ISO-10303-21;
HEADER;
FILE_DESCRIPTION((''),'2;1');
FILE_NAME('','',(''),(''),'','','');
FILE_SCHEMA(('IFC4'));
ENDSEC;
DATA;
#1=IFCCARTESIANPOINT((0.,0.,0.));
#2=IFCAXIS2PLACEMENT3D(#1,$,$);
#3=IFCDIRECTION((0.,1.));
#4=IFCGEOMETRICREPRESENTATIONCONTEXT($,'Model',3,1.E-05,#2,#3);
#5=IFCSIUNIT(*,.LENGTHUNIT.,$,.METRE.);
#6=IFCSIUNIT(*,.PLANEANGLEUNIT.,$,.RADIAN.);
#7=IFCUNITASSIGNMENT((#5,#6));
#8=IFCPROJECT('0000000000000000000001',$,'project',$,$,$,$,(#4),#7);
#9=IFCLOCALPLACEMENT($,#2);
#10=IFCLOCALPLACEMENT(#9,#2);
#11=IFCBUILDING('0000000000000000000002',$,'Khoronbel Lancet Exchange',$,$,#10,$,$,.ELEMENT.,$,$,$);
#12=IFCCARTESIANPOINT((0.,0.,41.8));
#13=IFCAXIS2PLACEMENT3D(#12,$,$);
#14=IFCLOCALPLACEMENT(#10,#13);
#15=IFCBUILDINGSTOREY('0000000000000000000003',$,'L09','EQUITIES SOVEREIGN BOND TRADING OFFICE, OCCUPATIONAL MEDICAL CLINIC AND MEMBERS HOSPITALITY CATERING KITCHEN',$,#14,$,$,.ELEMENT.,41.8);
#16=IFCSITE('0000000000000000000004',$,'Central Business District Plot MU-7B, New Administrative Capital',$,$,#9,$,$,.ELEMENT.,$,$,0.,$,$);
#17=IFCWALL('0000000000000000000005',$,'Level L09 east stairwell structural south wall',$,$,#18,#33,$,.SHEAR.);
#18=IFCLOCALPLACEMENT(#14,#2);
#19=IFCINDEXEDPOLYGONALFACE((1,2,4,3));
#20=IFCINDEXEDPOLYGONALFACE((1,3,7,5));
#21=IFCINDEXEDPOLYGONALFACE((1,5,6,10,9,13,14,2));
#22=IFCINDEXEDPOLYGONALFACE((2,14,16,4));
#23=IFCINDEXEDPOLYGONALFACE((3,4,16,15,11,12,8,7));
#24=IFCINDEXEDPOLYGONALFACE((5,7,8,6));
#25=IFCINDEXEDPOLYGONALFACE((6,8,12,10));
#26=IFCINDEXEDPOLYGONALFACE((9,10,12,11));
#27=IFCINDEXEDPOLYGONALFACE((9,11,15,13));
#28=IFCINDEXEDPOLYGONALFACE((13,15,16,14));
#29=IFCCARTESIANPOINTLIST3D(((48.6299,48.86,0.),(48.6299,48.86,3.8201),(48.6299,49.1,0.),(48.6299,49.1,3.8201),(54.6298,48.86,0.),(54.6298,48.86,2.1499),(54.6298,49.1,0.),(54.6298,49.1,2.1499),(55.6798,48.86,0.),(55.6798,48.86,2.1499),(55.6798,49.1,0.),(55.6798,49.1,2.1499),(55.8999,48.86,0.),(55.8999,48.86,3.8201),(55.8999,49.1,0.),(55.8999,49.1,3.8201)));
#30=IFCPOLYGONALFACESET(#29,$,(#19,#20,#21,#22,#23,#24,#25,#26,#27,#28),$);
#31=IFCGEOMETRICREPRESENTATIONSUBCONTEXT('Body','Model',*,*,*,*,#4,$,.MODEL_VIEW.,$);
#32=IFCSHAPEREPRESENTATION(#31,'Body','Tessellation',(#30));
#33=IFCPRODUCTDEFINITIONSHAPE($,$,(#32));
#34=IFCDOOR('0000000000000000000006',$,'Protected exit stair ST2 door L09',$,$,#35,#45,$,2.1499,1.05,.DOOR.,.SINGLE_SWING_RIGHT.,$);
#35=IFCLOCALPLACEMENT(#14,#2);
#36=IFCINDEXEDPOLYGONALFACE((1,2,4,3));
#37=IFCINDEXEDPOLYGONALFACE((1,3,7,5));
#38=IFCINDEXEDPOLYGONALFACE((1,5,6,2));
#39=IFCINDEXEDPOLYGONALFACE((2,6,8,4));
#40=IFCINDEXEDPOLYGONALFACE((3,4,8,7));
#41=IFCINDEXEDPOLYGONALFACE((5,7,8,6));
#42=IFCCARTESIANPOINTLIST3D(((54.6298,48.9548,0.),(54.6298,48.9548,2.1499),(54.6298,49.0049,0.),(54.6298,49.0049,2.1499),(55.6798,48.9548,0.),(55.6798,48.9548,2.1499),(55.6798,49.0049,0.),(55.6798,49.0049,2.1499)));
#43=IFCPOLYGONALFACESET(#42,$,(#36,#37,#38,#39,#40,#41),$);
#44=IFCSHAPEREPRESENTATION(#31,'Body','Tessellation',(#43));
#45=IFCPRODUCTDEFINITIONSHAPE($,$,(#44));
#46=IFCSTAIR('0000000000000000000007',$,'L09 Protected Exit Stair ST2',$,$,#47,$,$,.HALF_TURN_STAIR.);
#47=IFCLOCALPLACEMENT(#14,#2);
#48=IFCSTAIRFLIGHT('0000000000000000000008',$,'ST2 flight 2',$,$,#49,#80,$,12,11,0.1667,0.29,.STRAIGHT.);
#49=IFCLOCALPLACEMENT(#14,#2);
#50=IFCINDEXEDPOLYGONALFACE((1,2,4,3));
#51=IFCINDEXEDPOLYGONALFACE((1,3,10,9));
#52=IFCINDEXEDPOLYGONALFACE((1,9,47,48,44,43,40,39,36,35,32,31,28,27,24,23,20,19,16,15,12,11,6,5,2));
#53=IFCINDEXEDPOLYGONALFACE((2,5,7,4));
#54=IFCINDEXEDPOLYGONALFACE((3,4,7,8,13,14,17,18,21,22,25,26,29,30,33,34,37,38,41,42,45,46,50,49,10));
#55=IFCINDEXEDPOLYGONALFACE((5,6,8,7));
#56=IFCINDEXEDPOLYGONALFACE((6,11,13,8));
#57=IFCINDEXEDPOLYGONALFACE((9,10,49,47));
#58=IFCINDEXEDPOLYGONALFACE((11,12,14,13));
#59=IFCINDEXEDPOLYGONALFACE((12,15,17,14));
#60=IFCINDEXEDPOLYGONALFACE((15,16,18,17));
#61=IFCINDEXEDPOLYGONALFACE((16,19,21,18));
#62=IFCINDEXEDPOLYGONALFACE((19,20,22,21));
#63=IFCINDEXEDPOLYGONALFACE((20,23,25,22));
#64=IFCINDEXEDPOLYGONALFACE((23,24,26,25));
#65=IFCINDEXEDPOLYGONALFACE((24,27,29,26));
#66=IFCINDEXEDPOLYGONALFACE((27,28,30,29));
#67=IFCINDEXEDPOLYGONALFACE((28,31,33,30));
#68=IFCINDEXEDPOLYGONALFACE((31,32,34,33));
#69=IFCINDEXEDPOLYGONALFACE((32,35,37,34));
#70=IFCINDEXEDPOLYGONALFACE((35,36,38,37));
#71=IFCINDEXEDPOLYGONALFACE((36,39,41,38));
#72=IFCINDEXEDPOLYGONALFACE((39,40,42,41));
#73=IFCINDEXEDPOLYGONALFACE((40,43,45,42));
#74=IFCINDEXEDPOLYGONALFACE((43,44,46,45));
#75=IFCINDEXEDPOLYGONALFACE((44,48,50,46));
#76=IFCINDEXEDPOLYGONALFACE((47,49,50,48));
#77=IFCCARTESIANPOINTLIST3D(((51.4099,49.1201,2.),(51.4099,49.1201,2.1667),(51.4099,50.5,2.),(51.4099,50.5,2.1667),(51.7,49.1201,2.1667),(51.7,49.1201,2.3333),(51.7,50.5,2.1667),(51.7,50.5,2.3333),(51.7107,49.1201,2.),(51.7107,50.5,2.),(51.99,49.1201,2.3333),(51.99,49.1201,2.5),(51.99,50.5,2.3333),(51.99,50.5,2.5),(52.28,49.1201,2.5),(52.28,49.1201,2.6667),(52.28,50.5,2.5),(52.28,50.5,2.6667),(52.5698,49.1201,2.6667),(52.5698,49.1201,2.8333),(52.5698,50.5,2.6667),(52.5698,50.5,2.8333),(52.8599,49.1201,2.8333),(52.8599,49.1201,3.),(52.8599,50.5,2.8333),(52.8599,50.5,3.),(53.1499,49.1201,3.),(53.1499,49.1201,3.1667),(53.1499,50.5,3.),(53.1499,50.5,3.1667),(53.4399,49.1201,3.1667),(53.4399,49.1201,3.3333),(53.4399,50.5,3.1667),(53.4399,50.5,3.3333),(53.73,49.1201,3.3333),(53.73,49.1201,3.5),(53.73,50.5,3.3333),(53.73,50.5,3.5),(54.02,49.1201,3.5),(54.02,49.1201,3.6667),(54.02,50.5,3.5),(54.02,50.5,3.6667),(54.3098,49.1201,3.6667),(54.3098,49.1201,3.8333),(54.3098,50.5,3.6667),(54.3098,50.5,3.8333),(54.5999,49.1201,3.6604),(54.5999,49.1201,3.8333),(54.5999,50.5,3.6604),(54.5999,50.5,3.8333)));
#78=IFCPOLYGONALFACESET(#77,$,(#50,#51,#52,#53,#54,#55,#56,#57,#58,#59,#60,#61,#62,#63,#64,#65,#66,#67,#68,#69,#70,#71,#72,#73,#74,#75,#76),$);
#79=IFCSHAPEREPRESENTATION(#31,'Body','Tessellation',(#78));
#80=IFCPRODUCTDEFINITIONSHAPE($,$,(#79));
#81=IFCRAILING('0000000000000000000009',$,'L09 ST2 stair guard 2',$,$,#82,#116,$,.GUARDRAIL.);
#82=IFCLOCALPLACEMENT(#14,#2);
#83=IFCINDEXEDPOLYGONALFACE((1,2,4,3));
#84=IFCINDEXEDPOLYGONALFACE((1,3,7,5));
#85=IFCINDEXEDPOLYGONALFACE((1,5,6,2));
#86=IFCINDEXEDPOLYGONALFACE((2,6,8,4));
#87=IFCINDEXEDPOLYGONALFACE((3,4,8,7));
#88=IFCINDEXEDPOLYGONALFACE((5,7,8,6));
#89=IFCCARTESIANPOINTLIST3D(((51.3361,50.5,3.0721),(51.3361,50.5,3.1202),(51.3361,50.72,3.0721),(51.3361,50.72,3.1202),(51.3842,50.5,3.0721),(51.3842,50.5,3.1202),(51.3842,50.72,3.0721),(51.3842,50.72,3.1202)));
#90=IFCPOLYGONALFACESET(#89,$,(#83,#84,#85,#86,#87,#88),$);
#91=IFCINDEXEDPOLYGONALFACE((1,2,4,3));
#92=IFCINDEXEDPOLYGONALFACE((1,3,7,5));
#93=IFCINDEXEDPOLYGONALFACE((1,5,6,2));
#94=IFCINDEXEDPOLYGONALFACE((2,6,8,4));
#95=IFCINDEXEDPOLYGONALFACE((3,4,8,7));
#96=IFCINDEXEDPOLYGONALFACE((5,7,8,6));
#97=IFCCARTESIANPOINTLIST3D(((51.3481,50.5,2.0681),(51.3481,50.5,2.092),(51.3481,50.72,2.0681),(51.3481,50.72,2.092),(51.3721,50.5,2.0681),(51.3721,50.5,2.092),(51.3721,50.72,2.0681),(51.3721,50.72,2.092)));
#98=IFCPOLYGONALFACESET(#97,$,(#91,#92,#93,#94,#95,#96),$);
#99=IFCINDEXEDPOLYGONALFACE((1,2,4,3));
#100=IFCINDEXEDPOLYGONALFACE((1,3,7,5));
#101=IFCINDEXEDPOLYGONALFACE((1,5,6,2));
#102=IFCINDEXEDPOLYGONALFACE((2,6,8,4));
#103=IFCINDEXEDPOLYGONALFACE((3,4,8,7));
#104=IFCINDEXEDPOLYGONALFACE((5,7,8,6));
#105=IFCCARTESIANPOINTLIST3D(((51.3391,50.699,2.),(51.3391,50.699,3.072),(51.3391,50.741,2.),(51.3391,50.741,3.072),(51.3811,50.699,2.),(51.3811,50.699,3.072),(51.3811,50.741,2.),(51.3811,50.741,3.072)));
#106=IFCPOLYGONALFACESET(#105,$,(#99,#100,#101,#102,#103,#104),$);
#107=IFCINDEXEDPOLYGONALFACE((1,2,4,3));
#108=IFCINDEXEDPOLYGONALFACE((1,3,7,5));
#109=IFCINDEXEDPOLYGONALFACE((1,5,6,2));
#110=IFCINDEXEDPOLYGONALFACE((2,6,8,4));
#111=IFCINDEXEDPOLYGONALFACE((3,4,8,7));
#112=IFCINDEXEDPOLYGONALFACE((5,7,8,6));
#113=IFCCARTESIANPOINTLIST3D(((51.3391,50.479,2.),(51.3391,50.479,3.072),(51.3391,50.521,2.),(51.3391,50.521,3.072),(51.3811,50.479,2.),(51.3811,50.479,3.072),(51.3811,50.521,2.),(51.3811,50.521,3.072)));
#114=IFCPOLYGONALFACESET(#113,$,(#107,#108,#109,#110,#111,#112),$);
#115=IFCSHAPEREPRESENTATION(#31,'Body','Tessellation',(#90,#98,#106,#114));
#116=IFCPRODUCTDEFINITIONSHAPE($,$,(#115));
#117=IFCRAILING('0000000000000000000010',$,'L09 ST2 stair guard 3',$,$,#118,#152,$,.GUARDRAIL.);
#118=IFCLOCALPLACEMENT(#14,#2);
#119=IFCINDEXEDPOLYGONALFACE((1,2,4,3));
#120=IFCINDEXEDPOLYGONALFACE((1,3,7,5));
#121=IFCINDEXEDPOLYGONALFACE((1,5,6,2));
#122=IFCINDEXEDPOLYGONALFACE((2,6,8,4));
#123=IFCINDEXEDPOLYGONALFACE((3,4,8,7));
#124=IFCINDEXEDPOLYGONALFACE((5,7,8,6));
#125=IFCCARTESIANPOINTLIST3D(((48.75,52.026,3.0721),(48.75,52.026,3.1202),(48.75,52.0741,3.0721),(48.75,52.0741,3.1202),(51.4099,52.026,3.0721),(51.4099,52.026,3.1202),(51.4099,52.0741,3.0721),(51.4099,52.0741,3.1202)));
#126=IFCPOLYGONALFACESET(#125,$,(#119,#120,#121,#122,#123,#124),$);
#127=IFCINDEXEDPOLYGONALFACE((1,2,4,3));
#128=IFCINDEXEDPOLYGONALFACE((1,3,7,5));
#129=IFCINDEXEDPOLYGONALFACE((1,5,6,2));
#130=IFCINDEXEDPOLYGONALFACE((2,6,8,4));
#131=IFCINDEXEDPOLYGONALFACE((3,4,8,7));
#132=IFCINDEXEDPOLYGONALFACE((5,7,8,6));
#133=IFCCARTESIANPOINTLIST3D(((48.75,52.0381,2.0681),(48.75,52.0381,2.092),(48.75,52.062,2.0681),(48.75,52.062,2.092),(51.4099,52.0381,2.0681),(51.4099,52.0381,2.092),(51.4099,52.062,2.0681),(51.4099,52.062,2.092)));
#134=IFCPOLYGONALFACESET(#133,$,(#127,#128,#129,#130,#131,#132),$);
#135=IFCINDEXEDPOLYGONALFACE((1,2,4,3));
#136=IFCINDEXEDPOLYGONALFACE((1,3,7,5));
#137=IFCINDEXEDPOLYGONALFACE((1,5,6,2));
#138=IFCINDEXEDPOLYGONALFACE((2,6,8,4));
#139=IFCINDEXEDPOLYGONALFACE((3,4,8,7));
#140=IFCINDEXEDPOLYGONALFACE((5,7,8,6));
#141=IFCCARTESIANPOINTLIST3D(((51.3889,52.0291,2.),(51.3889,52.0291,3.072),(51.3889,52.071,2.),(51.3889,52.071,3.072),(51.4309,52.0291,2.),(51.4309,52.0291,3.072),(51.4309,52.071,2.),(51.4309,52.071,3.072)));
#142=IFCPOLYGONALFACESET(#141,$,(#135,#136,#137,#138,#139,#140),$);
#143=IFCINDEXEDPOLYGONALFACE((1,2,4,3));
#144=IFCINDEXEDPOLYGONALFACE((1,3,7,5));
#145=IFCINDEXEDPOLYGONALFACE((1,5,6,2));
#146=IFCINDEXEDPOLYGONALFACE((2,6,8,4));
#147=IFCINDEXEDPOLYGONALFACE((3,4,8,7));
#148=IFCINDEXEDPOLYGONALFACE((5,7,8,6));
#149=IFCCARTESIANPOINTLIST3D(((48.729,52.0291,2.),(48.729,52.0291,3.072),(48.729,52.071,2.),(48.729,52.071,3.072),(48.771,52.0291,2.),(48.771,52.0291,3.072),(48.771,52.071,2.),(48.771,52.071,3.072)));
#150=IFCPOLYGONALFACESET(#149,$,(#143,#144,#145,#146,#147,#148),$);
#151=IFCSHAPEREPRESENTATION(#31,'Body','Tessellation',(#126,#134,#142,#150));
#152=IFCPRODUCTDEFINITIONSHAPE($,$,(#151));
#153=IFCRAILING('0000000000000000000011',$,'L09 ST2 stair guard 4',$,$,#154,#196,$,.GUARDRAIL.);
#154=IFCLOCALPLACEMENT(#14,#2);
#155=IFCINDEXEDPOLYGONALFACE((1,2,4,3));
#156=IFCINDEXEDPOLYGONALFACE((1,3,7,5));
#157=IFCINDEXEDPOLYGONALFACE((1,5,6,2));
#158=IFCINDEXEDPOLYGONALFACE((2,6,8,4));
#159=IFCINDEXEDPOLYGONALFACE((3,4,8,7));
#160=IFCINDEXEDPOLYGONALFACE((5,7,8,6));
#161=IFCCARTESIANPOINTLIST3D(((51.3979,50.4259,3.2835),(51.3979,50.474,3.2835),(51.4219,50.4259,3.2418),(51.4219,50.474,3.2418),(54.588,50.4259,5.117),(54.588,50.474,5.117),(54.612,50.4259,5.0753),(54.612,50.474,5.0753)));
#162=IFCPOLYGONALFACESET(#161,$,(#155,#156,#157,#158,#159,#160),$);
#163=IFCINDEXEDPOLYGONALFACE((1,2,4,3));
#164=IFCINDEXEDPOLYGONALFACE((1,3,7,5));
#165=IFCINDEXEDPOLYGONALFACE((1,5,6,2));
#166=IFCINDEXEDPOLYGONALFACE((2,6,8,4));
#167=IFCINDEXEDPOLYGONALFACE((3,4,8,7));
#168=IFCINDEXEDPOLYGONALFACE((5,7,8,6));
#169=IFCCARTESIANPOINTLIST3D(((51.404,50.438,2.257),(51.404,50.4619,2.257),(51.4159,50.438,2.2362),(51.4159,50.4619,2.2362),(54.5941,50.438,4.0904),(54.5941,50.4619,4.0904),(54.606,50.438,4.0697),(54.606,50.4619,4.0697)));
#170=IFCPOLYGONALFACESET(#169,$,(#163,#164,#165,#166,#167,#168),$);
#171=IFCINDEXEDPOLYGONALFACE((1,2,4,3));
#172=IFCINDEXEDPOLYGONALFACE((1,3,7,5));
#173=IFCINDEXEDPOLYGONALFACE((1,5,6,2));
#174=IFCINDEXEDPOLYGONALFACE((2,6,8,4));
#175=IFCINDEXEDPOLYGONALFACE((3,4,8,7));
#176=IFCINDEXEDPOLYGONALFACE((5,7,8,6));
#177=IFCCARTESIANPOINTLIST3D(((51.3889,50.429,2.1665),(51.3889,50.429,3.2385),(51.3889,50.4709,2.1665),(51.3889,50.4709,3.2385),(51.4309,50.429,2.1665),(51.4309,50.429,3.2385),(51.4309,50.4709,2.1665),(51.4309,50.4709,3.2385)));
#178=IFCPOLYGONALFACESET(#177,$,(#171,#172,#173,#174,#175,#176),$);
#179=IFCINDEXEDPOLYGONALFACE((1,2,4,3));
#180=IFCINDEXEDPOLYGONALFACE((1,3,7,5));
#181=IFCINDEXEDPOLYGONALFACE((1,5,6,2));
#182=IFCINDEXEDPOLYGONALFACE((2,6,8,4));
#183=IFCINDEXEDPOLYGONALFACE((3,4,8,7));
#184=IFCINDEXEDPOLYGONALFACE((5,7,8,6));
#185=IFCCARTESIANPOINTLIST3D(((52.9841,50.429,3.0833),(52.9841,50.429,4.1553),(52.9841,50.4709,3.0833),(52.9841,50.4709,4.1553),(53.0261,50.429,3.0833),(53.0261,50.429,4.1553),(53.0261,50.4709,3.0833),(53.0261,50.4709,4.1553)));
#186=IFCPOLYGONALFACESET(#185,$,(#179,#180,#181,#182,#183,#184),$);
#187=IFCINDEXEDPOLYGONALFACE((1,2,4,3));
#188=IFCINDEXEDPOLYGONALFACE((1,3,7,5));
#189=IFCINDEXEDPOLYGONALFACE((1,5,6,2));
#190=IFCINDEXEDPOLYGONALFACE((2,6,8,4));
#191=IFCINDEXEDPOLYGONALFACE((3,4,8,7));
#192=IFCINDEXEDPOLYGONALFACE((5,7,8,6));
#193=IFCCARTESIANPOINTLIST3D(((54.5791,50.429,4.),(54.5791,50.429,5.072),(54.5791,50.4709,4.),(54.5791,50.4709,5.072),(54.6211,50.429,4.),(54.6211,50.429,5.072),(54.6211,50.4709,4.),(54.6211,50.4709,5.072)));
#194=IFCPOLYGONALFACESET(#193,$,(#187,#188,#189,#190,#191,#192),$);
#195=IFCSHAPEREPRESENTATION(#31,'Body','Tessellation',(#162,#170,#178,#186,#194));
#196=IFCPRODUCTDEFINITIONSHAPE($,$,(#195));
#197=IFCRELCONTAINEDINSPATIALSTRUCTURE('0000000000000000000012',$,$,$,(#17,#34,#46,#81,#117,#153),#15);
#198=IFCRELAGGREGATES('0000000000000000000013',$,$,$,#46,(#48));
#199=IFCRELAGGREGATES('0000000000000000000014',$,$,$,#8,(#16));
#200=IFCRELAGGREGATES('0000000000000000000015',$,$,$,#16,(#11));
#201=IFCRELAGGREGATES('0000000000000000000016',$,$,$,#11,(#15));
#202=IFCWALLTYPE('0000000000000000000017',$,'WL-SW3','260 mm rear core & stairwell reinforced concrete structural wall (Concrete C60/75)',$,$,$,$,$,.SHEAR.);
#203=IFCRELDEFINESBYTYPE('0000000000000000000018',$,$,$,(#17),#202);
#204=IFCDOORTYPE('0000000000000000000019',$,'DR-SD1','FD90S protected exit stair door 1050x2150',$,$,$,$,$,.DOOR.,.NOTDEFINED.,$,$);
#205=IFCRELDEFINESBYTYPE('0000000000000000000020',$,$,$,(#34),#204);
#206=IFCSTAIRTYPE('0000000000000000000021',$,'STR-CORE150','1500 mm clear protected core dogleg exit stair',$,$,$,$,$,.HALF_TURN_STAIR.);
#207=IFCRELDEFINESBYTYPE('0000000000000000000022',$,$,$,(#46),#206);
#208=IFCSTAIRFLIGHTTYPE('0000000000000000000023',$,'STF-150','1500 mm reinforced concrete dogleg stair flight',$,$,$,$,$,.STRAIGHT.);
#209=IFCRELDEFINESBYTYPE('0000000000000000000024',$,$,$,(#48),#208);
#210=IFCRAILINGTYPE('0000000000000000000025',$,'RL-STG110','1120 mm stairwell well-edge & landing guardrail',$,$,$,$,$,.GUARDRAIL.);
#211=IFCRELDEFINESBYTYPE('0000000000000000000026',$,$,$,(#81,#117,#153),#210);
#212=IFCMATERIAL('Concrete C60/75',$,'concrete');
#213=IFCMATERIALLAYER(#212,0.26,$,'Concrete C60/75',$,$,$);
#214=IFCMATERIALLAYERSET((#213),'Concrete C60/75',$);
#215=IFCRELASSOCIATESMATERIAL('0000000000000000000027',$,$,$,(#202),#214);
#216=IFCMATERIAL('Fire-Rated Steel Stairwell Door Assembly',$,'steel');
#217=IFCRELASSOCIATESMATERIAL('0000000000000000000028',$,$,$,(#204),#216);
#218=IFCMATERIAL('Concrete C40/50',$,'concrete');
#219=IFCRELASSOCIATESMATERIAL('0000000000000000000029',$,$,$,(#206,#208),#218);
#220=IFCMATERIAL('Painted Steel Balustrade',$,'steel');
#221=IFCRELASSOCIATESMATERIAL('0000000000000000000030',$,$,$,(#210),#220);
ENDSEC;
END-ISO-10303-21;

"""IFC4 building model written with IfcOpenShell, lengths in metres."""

from ifc_helpers import new_model, si_unit, direction, frame, frame_2d, origin, origin_2d, place, context, subcontext, project, spatial, polyline, rectangle, outline, extrude, material, layer, layer_set, type_object, element, fill, aggregate, save


model = new_model("IFC4")

# Units and contexts
model_context = context("Model", 3, precision=1e-05, world=origin(), true_north=direction((0.0, 1.0)))
body_context = subcontext(model_context, "Body", "Model", "MODEL_VIEW")
ifc_project = project(units=[si_unit("LENGTHUNIT", "METRE"), si_unit("PLANEANGLEUNIT", "RADIAN")], contexts=[model_context])

# Site, building, storey
site_placement = place(None, origin())
site = spatial("IfcSite", under=ifc_project, at=site_placement, Name="Central Business District Plot MU-7B, New Administrative Capital", CompositionType="ELEMENT", RefElevation=0.0)
building_placement = place(site_placement, origin())
building = spatial("IfcBuilding", under=site, at=building_placement, Name="Khoronbel Lancet Exchange", CompositionType="ELEMENT")
storey_placement = place(building_placement, frame((0.0, 0.0, 41.8)))
storey = spatial("IfcBuildingStorey", under=building, at=storey_placement, Name="L09", Description="EQUITIES SOVEREIGN BOND TRADING OFFICE, OCCUPATIONAL MEDICAL CLINIC AND MEMBERS HOSPITALITY CATERING KITCHEN", CompositionType="ELEMENT", Elevation=41.8)

# Wall, opening, door
ifc_material_1 = material(Name="Concrete C60/75", Category="concrete")
ifc_layer_1 = layer(ifc_material_1, 0.26, Name="Concrete C60/75")
ifc_layer_set_1 = layer_set([ifc_layer_1], Name="Concrete C60/75")
wall_type_1 = type_object("IfcWallType", Name="WL-SW3", Description="260 mm rear core & stairwell reinforced concrete structural wall (Concrete C60/75)", PredefinedType="SHEAR", material=ifc_layer_set_1)
wall_1_placement = place(storey_placement, frame((48.6299, 48.98, 0.0), z_axis=(0.0, 0.0, 1.0), x_axis=(1.0, 0.0, 0.0)))
wall_1 = element("IfcWall", 1, at=wall_1_placement, inside=storey, type_object=wall_type_1, Name="Level L09 east stairwell structural south wall", PredefinedType="SHEAR", context=body_context, shape_type="SweptSolid", body=[
    extrude(rectangle(XDim=7.27, YDim=0.24, at=frame_2d((3.635, 0.0))), origin(), (0.0, 0.0, 1.0), 3.8201),
])
opening_1_placement = place(wall_1_placement, frame((6.0, 0.0, 0.0)))
opening_1 = element("IfcOpeningElement", 2, at=opening_1_placement, cuts=wall_1, PredefinedType="OPENING", context=body_context, shape_type="SweptSolid", body=[
    extrude(rectangle(XDim=1.05, YDim=2.1499, at=frame_2d((0.5249, 1.075))), frame((0.0, 0.1299, 0.0), z_axis=(0.0, -1.0, 0.0), x_axis=(1.0, 0.0, 0.0)), (0.0, 0.0, 1.0), 0.26),
])
ifc_material_2 = material(Name="Fire-Rated Steel Stairwell Door Assembly", Category="steel")
door_type_1 = type_object("IfcDoorType", Name="DR-SD1", Description="FD90S protected exit stair door 1050x2150", OperationType="NOTDEFINED", PredefinedType="DOOR", material=ifc_material_2)
door_1_placement = place(opening_1_placement, origin())
door_1 = element("IfcDoor", 3, at=door_1_placement, inside=storey, type_object=door_type_1, Name="Protected exit stair ST2 door L09", OperationType="SINGLE_SWING_RIGHT", OverallHeight=2.1499, OverallWidth=1.05, PredefinedType="DOOR", context=body_context, shape_type="SweptSolid", body=[
    extrude(rectangle(XDim=1.05, YDim=2.1499, at=frame_2d((0.5249, 1.075))), frame((0.0, 0.0249, 0.0), z_axis=(0.0, -1.0, 0.0), x_axis=(1.0, 0.0, 0.0)), (0.0, 0.0, 1.0), 0.05),
])
fill(opening_1, door_1)

# Stair, stair flight
ifc_material_3 = material(Name="Concrete C40/50", Category="concrete")
stair_type = type_object("IfcStairType", Name="STR-CORE150", Description="1500 mm clear protected core dogleg exit stair", PredefinedType="HALF_TURN_STAIR", material=ifc_material_3)
stair_placement = place(storey_placement, origin())
stair = element("IfcStair", 4, at=stair_placement, inside=storey, type_object=stair_type, Name="L09 Protected Exit Stair ST2", PredefinedType="HALF_TURN_STAIR")
stair_flight_type = type_object("IfcStairFlightType", Name="STF-150", Description="1500 mm reinforced concrete dogleg stair flight", PredefinedType="STRAIGHT", material=ifc_material_3)
stair_flight_placement = place(storey_placement, frame((51.4099, 49.8101, 2.0), z_axis=(0.0, 0.0, 1.0), x_axis=(1.0, 0.0, 0.0)))
stair_flight = element("IfcStairFlight", 5, at=stair_flight_placement, type_object=stair_flight_type, Name="ST2 flight 2", NumberOfRisers=12, NumberOfTreads=11, PredefinedType="STRAIGHT", RiserHeight=0.1667, TreadLength=0.29, context=body_context, shape_type="SweptSolid", body=[
    extrude(outline(polyline([(0.0, 0.0), (0.0, 0.1667), (0.29, 0.1667), (0.29, 0.3333), (0.5801, 0.3333), (0.5801, 0.5), (0.8701, 0.5), (0.8701, 0.6667), (1.1599, 0.6667), (1.1599, 0.8333), (1.45, 0.8333), (1.45, 1.0), (1.74, 1.0), (1.74, 1.1667), (2.03, 1.1667), (2.03, 1.3333), (2.3201, 1.3333), (2.3201, 1.5), (2.6101, 1.5), (2.6101, 1.6667), (2.8999, 1.6667), (2.8999, 1.8333), (3.1899, 1.8333), (3.1899, 2.0), (3.1899, 1.6604), (0.3008, 0.0), (0.0, 0.0)])), frame((0.0, 0.6899, 0.0), z_axis=(0.0, -1.0, 0.0), x_axis=(1.0, 0.0, 0.0)), (0.0, 0.0, 1.0), 1.3799),
])
aggregate(stair, [stair_flight])

# Railings
ifc_material_4 = material(Name="Painted Steel Balustrade", Category="steel")
railing_type_1 = type_object("IfcRailingType", Name="RL-STG110", Description="1120 mm stairwell well-edge & landing guardrail", PredefinedType="GUARDRAIL", material=ifc_material_4)
railing_1_placement = place(storey_placement, frame((51.3601, 50.72, 2.0)))
element("IfcRailing", 6, at=railing_1_placement, inside=storey, type_object=railing_type_1, Name="L09 ST2 stair guard 2", PredefinedType="GUARDRAIL", context=body_context, shape_type="SweptSolid", body=[
    extrude(rectangle(XDim=0.0481, YDim=0.0481, at=origin_2d()), frame((0.0, 0.0, 1.0962), z_axis=(0.0, -1.0, 0.0), x_axis=(1.0, 0.0, 0.0)), (0.0, 0.0, 1.0), 0.22),
    extrude(rectangle(XDim=0.0239, YDim=0.0239, at=origin_2d()), frame((0.0, 0.0, 0.0801), z_axis=(0.0, -1.0, 0.0), x_axis=(1.0, 0.0, 0.0)), (0.0, 0.0, 1.0), 0.22),
    extrude(rectangle(XDim=0.042, YDim=0.042, at=origin_2d()), origin(), (0.0, 0.0, 1.0), 1.072),
    extrude(rectangle(XDim=0.042, YDim=0.042, at=origin_2d()), frame((0.0, -0.22, 0.0)), (0.0, 0.0, 1.0), 1.072),
])
railing_2_placement = place(storey_placement, frame((51.4099, 52.05, 2.0)))
element("IfcRailing", 7, at=railing_2_placement, inside=storey, type_object=railing_type_1, Name="L09 ST2 stair guard 3", PredefinedType="GUARDRAIL", context=body_context, shape_type="SweptSolid", body=[
    extrude(rectangle(XDim=0.0481, YDim=0.0481, at=origin_2d()), frame((0.0, 0.0, 1.0962), z_axis=(-1.0, 0.0, 0.0), x_axis=(0.0, -1.0, 0.0)), (0.0, 0.0, 1.0), 2.6599),
    extrude(rectangle(XDim=0.0239, YDim=0.0239, at=origin_2d()), frame((0.0, 0.0, 0.0801), z_axis=(-1.0, 0.0, 0.0), x_axis=(0.0, -1.0, 0.0)), (0.0, 0.0, 1.0), 2.6599),
    extrude(rectangle(XDim=0.042, YDim=0.042, at=origin_2d()), origin(), (0.0, 0.0, 1.0), 1.072),
    extrude(rectangle(XDim=0.042, YDim=0.042, at=origin_2d()), frame((-2.6599, 0.0, 0.0)), (0.0, 0.0, 1.0), 1.072),
])
railing_3_placement = place(storey_placement, frame((51.4099, 50.45, 2.1665)))
element("IfcRailing", 8, at=railing_3_placement, inside=storey, type_object=railing_type_1, Name="L09 ST2 stair guard 4", PredefinedType="GUARDRAIL", context=body_context, shape_type="SweptSolid", body=[
    extrude(rectangle(XDim=0.0481, YDim=0.0481, at=origin_2d()), frame((0.0, 0.0, 1.0962), z_axis=(0.867007, 0.0, 0.498295), x_axis=(0.0, 1.0, 0.0)), (0.0, 0.0, 1.0), 3.6794),
    extrude(rectangle(XDim=0.0239, YDim=0.0239, at=origin_2d()), frame((0.0, 0.0, 0.0801), z_axis=(0.867007, 0.0, 0.498295), x_axis=(0.0, 1.0, 0.0)), (0.0, 0.0, 1.0), 3.6794),
    extrude(rectangle(XDim=0.042, YDim=0.042, at=origin_2d()), origin(), (0.0, 0.0, 1.0), 1.072),
    extrude(rectangle(XDim=0.042, YDim=0.042, at=origin_2d()), frame((1.5952, 0.0, 0.9167)), (0.0, 0.0, 1.0), 1.072),
    extrude(rectangle(XDim=0.042, YDim=0.042, at=origin_2d()), frame((3.1902, 0.0, 1.8335)), (0.0, 0.0, 1.0), 1.072),
])

save(model, "model.ifc")
